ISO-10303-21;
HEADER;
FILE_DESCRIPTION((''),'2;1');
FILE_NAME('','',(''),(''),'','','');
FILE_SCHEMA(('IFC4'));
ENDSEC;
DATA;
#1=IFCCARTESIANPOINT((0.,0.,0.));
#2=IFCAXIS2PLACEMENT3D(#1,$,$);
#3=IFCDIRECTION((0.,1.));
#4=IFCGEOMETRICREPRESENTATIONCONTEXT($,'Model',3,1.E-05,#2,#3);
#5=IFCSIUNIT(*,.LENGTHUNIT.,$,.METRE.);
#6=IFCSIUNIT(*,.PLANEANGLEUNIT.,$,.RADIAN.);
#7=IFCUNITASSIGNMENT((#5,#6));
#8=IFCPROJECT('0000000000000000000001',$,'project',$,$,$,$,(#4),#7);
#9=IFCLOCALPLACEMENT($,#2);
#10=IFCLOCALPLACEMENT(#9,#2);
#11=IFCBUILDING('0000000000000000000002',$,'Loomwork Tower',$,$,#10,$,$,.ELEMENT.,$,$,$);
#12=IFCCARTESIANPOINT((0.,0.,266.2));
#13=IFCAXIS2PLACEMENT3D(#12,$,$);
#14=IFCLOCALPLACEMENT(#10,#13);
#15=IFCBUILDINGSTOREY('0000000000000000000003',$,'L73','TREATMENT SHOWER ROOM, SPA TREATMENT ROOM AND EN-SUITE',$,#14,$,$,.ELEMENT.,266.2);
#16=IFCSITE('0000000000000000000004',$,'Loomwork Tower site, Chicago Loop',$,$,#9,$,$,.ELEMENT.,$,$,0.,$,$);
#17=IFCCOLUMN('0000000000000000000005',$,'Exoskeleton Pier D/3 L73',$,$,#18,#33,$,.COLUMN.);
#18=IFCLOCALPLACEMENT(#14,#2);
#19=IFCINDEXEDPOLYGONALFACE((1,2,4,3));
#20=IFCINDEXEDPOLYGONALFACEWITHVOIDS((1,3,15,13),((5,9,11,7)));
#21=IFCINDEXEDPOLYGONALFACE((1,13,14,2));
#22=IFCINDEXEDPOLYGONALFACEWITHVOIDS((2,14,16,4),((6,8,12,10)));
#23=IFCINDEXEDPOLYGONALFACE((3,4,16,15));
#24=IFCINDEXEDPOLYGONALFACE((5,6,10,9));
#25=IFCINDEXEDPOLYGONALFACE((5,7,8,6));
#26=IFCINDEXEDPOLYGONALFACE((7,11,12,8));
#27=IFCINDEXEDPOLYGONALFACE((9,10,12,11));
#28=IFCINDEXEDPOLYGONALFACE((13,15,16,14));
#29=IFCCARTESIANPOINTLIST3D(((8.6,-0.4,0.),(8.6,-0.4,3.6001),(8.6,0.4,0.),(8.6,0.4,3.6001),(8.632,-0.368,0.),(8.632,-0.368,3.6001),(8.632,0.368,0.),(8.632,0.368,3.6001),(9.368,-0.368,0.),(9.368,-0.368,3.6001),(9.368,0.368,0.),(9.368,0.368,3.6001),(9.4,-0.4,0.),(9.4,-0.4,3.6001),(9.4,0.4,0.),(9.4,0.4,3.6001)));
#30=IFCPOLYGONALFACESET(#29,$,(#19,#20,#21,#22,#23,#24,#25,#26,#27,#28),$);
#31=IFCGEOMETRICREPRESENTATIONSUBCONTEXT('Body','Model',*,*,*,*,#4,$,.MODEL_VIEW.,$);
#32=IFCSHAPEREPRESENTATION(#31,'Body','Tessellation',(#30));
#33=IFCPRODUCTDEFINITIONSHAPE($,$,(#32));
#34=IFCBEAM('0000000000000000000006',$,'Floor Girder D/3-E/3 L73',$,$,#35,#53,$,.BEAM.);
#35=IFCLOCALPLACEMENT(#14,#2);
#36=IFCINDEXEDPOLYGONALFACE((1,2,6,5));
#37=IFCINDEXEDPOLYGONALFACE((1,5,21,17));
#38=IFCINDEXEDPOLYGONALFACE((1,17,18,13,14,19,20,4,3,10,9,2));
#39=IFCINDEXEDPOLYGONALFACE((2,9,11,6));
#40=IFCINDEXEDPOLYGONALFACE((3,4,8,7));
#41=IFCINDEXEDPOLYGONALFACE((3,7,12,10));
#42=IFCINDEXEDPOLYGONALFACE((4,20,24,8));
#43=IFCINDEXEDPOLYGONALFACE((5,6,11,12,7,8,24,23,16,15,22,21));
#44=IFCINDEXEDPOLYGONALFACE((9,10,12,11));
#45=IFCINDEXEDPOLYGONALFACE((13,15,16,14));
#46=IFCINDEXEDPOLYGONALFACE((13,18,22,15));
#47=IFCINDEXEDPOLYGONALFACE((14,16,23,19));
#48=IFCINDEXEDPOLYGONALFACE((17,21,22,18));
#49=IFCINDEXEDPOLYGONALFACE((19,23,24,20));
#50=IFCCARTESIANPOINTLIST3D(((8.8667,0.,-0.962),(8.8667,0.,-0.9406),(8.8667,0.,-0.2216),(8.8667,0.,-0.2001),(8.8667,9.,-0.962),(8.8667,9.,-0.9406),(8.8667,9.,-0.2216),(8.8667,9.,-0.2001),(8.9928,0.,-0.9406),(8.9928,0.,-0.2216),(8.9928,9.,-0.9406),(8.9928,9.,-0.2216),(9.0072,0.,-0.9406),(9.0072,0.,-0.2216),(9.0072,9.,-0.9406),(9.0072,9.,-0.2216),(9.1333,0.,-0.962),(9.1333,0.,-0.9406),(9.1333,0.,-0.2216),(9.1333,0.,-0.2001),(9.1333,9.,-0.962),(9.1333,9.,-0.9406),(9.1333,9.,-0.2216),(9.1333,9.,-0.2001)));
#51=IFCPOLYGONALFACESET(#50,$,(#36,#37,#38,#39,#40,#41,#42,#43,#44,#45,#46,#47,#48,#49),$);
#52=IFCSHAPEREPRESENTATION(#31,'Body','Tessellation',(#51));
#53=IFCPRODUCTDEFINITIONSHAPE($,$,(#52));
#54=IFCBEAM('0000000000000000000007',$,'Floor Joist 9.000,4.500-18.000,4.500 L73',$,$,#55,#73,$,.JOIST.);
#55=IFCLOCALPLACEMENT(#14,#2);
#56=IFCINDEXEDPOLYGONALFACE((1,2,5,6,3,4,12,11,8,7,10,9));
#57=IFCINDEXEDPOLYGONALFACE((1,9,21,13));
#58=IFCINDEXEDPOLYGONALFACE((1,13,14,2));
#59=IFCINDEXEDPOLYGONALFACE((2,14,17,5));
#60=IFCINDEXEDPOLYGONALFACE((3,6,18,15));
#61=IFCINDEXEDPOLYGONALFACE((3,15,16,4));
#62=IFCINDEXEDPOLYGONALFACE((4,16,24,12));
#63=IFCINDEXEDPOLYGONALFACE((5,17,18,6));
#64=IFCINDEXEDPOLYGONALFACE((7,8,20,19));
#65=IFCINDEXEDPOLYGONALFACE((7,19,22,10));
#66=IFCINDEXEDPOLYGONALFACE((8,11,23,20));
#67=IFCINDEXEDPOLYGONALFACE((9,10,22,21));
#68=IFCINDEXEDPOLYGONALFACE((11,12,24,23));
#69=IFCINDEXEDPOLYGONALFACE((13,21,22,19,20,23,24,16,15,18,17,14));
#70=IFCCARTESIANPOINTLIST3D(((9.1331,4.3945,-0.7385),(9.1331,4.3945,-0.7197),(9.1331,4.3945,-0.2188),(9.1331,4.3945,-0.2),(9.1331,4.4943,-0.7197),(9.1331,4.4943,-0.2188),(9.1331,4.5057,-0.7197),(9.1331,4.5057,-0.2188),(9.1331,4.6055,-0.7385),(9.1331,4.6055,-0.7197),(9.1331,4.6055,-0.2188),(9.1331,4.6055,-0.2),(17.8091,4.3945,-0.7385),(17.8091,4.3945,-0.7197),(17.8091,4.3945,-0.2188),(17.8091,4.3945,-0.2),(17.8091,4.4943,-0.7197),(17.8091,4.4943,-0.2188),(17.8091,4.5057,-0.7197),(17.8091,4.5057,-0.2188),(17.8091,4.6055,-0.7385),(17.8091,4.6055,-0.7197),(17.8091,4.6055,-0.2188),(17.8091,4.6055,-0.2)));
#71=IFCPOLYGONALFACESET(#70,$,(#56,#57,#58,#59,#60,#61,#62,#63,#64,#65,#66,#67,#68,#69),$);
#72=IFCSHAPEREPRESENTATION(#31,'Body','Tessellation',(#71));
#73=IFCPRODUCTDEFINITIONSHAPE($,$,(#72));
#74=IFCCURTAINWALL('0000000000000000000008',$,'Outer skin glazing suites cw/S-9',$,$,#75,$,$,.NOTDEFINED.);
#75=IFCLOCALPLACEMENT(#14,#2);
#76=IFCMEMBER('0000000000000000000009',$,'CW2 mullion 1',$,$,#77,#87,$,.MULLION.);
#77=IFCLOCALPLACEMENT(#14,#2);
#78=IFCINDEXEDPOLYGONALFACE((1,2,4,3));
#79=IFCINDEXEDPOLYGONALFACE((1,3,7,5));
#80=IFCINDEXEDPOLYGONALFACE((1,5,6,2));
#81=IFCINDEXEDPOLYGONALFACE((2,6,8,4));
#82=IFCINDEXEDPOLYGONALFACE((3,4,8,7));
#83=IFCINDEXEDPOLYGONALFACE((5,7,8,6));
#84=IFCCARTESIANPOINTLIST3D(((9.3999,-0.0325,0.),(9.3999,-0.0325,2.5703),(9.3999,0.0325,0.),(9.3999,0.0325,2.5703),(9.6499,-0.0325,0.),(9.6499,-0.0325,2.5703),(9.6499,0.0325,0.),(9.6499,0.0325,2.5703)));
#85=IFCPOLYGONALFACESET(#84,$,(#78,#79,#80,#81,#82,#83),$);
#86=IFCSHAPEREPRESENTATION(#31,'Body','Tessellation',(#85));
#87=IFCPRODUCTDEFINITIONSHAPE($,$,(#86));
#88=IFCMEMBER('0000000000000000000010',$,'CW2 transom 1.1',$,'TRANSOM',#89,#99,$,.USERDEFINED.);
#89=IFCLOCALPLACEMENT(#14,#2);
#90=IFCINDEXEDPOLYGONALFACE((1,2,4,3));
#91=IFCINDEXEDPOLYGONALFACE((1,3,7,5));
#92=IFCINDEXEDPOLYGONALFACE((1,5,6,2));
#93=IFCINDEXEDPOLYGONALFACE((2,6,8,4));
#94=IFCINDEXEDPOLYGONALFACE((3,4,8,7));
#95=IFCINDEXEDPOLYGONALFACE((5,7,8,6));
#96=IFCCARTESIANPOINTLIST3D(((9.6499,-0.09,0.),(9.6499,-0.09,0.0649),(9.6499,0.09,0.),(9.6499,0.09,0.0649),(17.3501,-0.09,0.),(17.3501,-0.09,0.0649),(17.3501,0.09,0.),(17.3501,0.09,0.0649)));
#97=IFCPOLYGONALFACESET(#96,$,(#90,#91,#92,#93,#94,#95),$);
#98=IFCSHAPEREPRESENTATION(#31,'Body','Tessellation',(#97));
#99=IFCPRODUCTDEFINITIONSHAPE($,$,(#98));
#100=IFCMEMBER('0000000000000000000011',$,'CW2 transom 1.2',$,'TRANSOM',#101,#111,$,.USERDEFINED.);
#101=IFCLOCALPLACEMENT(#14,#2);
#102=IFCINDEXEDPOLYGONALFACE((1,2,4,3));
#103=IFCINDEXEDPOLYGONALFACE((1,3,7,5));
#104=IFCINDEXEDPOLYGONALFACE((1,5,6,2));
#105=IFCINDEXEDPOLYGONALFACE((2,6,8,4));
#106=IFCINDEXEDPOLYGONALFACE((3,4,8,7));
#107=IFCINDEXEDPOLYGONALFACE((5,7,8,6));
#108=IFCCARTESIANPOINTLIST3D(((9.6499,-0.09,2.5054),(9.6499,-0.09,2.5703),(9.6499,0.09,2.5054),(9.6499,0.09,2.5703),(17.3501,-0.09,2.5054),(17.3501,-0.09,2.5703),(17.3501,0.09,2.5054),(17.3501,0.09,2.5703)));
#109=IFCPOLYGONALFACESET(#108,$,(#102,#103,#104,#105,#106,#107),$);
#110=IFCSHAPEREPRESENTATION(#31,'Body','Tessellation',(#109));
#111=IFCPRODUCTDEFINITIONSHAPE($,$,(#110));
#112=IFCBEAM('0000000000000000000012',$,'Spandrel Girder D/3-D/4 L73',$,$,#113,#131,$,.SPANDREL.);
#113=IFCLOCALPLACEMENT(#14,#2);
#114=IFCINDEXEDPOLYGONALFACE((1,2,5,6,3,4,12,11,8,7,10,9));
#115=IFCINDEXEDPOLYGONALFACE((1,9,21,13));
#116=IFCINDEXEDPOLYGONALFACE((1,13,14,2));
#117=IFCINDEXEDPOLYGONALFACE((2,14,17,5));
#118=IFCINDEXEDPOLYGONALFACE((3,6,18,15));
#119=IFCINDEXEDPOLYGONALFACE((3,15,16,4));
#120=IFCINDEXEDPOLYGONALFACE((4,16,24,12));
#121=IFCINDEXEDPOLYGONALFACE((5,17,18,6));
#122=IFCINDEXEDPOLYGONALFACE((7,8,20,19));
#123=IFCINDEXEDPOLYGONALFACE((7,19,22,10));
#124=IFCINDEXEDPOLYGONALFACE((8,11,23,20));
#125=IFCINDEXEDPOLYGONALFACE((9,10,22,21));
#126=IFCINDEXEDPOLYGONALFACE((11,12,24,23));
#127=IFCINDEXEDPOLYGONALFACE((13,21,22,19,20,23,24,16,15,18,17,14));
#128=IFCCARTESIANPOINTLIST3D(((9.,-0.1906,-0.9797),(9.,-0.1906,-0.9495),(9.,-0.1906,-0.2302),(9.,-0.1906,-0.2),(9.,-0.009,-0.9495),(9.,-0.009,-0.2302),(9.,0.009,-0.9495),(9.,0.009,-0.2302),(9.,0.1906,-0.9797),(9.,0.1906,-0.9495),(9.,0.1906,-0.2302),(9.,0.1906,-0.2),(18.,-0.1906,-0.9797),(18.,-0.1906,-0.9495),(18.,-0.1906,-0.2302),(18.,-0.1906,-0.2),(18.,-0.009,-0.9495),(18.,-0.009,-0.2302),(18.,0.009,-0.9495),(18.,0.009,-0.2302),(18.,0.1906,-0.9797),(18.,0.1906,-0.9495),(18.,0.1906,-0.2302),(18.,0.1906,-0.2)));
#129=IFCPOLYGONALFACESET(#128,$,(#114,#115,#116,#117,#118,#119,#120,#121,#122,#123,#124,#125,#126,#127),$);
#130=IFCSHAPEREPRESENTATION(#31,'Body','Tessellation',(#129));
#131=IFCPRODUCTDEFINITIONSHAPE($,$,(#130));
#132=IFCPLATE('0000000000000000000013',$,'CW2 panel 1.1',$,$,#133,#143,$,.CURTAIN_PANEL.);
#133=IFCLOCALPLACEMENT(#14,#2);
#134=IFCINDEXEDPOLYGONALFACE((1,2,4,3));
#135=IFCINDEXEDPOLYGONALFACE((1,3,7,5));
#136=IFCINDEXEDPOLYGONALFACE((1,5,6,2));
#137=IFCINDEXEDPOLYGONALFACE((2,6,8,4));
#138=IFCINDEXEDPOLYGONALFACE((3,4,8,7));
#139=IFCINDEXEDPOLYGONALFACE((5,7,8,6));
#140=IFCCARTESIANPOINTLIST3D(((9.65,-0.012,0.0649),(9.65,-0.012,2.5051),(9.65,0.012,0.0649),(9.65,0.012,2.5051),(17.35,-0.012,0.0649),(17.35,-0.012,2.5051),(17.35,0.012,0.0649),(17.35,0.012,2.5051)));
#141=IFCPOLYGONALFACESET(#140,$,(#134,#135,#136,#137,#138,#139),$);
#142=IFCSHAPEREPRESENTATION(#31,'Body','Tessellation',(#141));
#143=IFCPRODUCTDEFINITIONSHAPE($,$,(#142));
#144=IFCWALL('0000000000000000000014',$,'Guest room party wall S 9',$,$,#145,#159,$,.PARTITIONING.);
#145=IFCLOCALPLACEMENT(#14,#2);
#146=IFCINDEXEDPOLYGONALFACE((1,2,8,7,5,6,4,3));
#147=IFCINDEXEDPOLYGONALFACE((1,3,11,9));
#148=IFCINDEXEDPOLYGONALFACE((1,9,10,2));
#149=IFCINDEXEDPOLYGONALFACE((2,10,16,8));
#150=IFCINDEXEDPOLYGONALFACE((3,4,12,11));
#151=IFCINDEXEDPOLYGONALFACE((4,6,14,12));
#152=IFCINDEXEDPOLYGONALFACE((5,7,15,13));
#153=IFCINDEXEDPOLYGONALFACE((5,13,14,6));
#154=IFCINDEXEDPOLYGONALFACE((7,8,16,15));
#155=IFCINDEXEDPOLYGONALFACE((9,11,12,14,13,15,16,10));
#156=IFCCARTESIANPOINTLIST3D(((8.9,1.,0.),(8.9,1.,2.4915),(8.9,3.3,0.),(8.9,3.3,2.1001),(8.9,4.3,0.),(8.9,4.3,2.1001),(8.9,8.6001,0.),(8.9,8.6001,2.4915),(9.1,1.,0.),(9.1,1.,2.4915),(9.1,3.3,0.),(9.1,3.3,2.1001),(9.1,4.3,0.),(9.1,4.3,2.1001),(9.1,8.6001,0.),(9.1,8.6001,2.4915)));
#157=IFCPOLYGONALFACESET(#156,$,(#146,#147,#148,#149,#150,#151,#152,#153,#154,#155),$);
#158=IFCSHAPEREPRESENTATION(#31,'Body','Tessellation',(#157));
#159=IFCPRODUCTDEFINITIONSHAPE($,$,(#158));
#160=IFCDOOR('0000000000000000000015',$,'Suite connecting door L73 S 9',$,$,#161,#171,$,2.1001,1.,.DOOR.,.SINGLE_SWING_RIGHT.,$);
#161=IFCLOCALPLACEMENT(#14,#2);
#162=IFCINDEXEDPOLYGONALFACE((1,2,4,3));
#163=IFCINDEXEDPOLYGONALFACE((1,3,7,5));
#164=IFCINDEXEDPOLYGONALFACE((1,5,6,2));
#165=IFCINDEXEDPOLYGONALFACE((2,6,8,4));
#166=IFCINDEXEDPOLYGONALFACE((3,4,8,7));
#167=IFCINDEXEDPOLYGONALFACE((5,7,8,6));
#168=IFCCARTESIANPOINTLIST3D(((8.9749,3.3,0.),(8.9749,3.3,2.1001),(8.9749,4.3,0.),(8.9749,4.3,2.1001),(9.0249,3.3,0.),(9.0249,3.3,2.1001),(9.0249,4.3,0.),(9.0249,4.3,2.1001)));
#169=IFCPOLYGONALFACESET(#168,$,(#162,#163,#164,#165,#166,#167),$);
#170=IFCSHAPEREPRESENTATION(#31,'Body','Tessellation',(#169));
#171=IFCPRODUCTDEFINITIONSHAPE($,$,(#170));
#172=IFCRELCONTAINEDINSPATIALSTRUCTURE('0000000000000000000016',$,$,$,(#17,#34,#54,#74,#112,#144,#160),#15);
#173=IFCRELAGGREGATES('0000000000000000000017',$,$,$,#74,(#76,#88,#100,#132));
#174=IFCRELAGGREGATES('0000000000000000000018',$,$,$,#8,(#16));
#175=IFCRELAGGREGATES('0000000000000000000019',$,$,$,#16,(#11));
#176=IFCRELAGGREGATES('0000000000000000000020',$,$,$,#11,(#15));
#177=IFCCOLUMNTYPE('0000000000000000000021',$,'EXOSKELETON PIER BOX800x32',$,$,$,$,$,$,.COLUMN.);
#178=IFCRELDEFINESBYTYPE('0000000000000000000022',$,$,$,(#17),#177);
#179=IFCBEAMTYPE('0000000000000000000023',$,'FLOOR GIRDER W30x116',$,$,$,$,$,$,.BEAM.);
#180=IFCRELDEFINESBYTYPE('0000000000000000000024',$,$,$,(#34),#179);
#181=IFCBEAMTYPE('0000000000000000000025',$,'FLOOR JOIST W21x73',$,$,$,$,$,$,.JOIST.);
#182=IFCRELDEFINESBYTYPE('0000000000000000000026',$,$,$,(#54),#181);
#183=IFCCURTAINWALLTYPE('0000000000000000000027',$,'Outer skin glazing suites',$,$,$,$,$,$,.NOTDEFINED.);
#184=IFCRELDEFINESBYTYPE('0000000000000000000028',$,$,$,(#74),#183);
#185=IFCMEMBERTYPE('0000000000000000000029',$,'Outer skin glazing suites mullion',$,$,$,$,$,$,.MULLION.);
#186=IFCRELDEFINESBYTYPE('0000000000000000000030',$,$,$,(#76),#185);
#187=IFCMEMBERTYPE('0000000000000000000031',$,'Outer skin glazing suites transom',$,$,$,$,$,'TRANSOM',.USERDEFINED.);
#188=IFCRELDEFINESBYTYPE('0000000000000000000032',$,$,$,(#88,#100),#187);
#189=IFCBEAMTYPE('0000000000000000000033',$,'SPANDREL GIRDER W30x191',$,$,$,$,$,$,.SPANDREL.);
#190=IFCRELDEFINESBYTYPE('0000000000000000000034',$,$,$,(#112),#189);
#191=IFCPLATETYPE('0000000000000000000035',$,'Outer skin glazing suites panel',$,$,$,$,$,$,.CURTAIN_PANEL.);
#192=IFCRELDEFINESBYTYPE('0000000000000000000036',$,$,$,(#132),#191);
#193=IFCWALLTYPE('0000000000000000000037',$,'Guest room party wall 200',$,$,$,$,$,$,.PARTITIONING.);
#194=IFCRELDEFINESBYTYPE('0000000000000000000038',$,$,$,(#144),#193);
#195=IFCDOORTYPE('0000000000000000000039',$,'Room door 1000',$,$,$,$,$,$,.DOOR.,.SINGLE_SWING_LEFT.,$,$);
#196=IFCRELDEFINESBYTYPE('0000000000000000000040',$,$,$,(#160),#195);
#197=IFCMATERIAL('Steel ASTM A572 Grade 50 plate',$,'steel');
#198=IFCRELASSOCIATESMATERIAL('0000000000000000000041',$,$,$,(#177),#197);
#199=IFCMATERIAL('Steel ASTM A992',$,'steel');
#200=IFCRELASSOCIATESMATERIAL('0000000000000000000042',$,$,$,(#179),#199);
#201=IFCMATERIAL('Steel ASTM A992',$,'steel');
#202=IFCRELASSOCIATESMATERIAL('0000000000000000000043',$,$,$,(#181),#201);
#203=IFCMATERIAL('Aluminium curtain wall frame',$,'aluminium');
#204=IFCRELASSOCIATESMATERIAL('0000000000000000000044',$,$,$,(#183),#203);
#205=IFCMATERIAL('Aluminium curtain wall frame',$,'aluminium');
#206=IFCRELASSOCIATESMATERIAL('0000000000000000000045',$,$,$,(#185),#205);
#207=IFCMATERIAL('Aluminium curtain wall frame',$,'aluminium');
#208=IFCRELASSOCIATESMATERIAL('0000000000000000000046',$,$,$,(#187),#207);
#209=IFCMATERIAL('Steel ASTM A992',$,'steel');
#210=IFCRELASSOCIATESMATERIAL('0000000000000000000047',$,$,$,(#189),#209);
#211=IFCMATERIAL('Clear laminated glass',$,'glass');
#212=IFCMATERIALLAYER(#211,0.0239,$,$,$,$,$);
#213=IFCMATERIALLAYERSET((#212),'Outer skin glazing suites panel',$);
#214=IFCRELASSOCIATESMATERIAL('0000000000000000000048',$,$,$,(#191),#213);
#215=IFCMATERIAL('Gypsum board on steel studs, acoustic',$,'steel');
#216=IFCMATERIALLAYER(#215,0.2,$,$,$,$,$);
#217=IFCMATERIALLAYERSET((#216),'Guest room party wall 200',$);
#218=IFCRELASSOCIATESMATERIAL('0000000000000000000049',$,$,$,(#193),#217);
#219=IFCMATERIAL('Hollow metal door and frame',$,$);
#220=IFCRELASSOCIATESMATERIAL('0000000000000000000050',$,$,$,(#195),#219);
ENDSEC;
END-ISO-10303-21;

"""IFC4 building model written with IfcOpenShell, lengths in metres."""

from ifc_helpers import new_model, si_unit, direction, frame, frame_2d, origin, origin_2d, place, context, subcontext, project, spatial, rectangle, hollow_rectangle, i_section, extrude, material, layer, layer_set, material_profile, profile_set, type_object, element, fill, aggregate, save


model = new_model("IFC4")

# Units and contexts
model_context = context("Model", 3, precision=1e-05, world=origin(), true_north=direction((0.0, 1.0)))
body_context = subcontext(model_context, "Body", "Model", "MODEL_VIEW")
ifc_project = project(units=[si_unit("LENGTHUNIT", "METRE"), si_unit("PLANEANGLEUNIT", "RADIAN")], contexts=[model_context])

# Site, building, storey
site_placement = place(None, origin())
site = spatial("IfcSite", under=ifc_project, at=site_placement, Name="Loomwork Tower site, Chicago Loop", CompositionType="ELEMENT", RefElevation=0.0)
building_placement = place(site_placement, origin())
building = spatial("IfcBuilding", under=site, at=building_placement, Name="Loomwork Tower", CompositionType="ELEMENT")
storey_placement = place(building_placement, frame((0.0, 0.0, 266.2)))
storey = spatial("IfcBuildingStorey", under=building, at=storey_placement, Name="L73", Description="TREATMENT SHOWER ROOM, SPA TREATMENT ROOM AND EN-SUITE", CompositionType="ELEMENT", Elevation=266.2)

# Column
ifc_material_1 = material(Name="Steel ASTM A572 Grade 50 plate", Category="steel")
ifc_material_profile_1 = material_profile(ifc_material_1, hollow_rectangle(XDim=0.8, YDim=0.8, WallThickness=0.032, at=origin_2d()), Name="BOX800x32")
ifc_profile_set_1 = profile_set([ifc_material_profile_1], Name="Steel ASTM A572 Grade 50 plate")
column_type = type_object("IfcColumnType", Name="EXOSKELETON PIER BOX800x32", PredefinedType="COLUMN", material=ifc_profile_set_1)
column_placement = place(storey_placement, frame((9.0, 0.0, 0.0), z_axis=(0.0, 0.0, 1.0), x_axis=(1.0, 0.0, 0.0)))
element("IfcColumn", 1, at=column_placement, inside=storey, type_object=column_type, Name="Exoskeleton Pier D/3 L73", PredefinedType="COLUMN", context=body_context, shape_type="SweptSolid", body=[
    extrude(hollow_rectangle(XDim=0.8, YDim=0.8, WallThickness=0.032, at=origin_2d()), origin(), (0.0, 0.0, 1.0), 3.6001),
])

# Beams
ifc_material_2 = material(Name="Steel ASTM A992", Category="steel")
ifc_material_profile_2 = material_profile(ifc_material_2, i_section(OverallWidth=0.2666, OverallDepth=0.762, WebThickness=0.0144, FlangeThickness=0.0215, at=origin_2d()), Name="W30x116")
ifc_profile_set_2 = profile_set([ifc_material_profile_2], Name="Steel ASTM A992")
beam_type_1 = type_object("IfcBeamType", Name="FLOOR GIRDER W30x116", PredefinedType="BEAM", material=ifc_profile_set_2)
beam_1_placement = place(storey_placement, frame((9.0, 0.0, -0.5811), z_axis=(0.0, 1.0, 0.0), x_axis=(-1.0, 0.0, 0.0)))
element("IfcBeam", 2, at=beam_1_placement, inside=storey, type_object=beam_type_1, Name="Floor Girder D/3-E/3 L73", PredefinedType="BEAM", context=body_context, shape_type="SweptSolid", body=[
    extrude(i_section(OverallWidth=0.2666, OverallDepth=0.762, WebThickness=0.0144, FlangeThickness=0.0215, at=origin_2d()), origin(), (0.0, 0.0, 1.0), 9.0),
])
ifc_material_3 = material(Name="Steel ASTM A992", Category="steel")
ifc_material_profile_3 = material_profile(ifc_material_3, i_section(OverallWidth=0.2109, OverallDepth=0.5386, WebThickness=0.0115, FlangeThickness=0.0188, at=origin_2d()), Name="W21x73")
ifc_profile_set_3 = profile_set([ifc_material_profile_3], Name="Steel ASTM A992")
beam_type_2 = type_object("IfcBeamType", Name="FLOOR JOIST W21x73", PredefinedType="JOIST", material=ifc_profile_set_3)
beam_2_placement = place(storey_placement, frame((9.1331, 4.5, -0.4692), z_axis=(1.0, 0.0, 0.0), x_axis=(0.0, 1.0, 0.0)))
element("IfcBeam", 3, at=beam_2_placement, inside=storey, type_object=beam_type_2, Name="Floor Joist 9.000,4.500-18.000,4.500 L73", PredefinedType="JOIST", context=body_context, shape_type="SweptSolid", body=[
    extrude(i_section(OverallWidth=0.2109, OverallDepth=0.5386, WebThickness=0.0115, FlangeThickness=0.0188, at=origin_2d()), origin(), (0.0, 0.0, 1.0), 8.676),
])

# Curtain wall, members
ifc_material_4 = material(Name="Aluminium curtain wall frame", Category="aluminium")
curtain_wall_type = type_object("IfcCurtainWallType", Name="Outer skin glazing suites", PredefinedType="NOTDEFINED", material=ifc_material_4)
curtain_wall_placement = place(storey_placement, origin())
curtain_wall = element("IfcCurtainWall", 4, at=curtain_wall_placement, inside=storey, type_object=curtain_wall_type, Name="Outer skin glazing suites cw/S-9", PredefinedType="NOTDEFINED")
ifc_material_5 = material(Name="Aluminium curtain wall frame", Category="aluminium")
ifc_material_profile_4 = material_profile(ifc_material_5, rectangle(XDim=0.0649, YDim=0.25, at=origin_2d()), Name="AL 65x250")
ifc_profile_set_4 = profile_set([ifc_material_profile_4], Name="Aluminium curtain wall frame")
member_type_1 = type_object("IfcMemberType", Name="Outer skin glazing suites mullion", PredefinedType="MULLION", material=ifc_profile_set_4)
member_1_placement = place(storey_placement, frame((9.5249, 0.0, 0.0), z_axis=(0.0, 0.0, 1.0), x_axis=(0.0, 1.0, 0.0)))
member_1 = element("IfcMember", 5, at=member_1_placement, type_object=member_type_1, Name="CW2 mullion 1", PredefinedType="MULLION", context=body_context, shape_type="SweptSolid", body=[
    extrude(rectangle(XDim=0.0649, YDim=0.25, at=origin_2d()), origin(), (0.0, 0.0, 1.0), 2.5703),
])
ifc_material_6 = material(Name="Aluminium curtain wall frame", Category="aluminium")
ifc_material_profile_5 = material_profile(ifc_material_6, rectangle(XDim=0.1799, YDim=0.0649, at=origin_2d()), Name="AL 65x180")
ifc_profile_set_5 = profile_set([ifc_material_profile_5], Name="Aluminium curtain wall frame")
member_type_2 = type_object("IfcMemberType", Name="Outer skin glazing suites transom", ElementType="TRANSOM", PredefinedType="USERDEFINED", material=ifc_profile_set_5)
member_2_placement = place(storey_placement, frame((9.6499, 0.0, 0.0325), z_axis=(1.0, 0.0, 0.0), x_axis=(0.0, 1.0, 0.0)))
member_2 = element("IfcMember", 6, at=member_2_placement, type_object=member_type_2, Name="CW2 transom 1.1", ObjectType="TRANSOM", PredefinedType="USERDEFINED", context=body_context, shape_type="SweptSolid", body=[
    extrude(rectangle(XDim=0.1799, YDim=0.0649, at=origin_2d()), origin(), (0.0, 0.0, 1.0), 7.7002),
])
member_3_placement = place(storey_placement, frame((9.6499, 0.0, 2.5378), z_axis=(1.0, 0.0, 0.0), x_axis=(0.0, 1.0, 0.0)))
member_3 = element("IfcMember", 7, at=member_3_placement, type_object=member_type_2, Name="CW2 transom 1.2", ObjectType="TRANSOM", PredefinedType="USERDEFINED", context=body_context, shape_type="SweptSolid", body=[
    extrude(rectangle(XDim=0.1799, YDim=0.0649, at=origin_2d()), origin(), (0.0, 0.0, 1.0), 7.7002),
])

# Beam
ifc_material_7 = material(Name="Steel ASTM A992", Category="steel")
ifc_material_profile_6 = material_profile(ifc_material_7, i_section(OverallWidth=0.3811, OverallDepth=0.7798, WebThickness=0.0181, FlangeThickness=0.0303, at=origin_2d()), Name="W30x191")
ifc_profile_set_6 = profile_set([ifc_material_profile_6], Name="Steel ASTM A992")
beam_type_3 = type_object("IfcBeamType", Name="SPANDREL GIRDER W30x191", PredefinedType="SPANDREL", material=ifc_profile_set_6)
beam_3_placement = place(storey_placement, frame((9.0, 0.0, -0.5898), z_axis=(1.0, 0.0, 0.0), x_axis=(0.0, 1.0, 0.0)))
element("IfcBeam", 8, at=beam_3_placement, inside=storey, type_object=beam_type_3, Name="Spandrel Girder D/3-D/4 L73", PredefinedType="SPANDREL", context=body_context, shape_type="SweptSolid", body=[
    extrude(i_section(OverallWidth=0.3811, OverallDepth=0.7798, WebThickness=0.0181, FlangeThickness=0.0303, at=origin_2d()), origin(), (0.0, 0.0, 1.0), 9.0),
])

# Plate
ifc_material_8 = material(Name="Clear laminated glass", Category="glass")
ifc_layer_1 = layer(ifc_material_8, 0.0239)
ifc_layer_set_1 = layer_set([ifc_layer_1], Name="Outer skin glazing suites panel")
plate_type = type_object("IfcPlateType", Name="Outer skin glazing suites panel", PredefinedType="CURTAIN_PANEL", material=ifc_layer_set_1)
plate_placement = place(storey_placement, frame((13.5, 0.0, 0.0649), z_axis=(0.0, 0.0, 1.0), x_axis=(1.0, 0.0, 0.0)))
plate = element("IfcPlate", 9, at=plate_placement, type_object=plate_type, Name="CW2 panel 1.1", PredefinedType="CURTAIN_PANEL", context=body_context, shape_type="SweptSolid", body=[
    extrude(rectangle(XDim=7.7, YDim=0.0239, at=origin_2d()), origin(), (0.0, 0.0, 1.0), 2.4402),
])
aggregate(curtain_wall, [member_1, member_2, member_3, plate])

# Wall, opening, door
ifc_material_9 = material(Name="Gypsum board on steel studs, acoustic", Category="steel")
ifc_layer_2 = layer(ifc_material_9, 0.2)
ifc_layer_set_2 = layer_set([ifc_layer_2], Name="Guest room party wall 200")
wall_type_1 = type_object("IfcWallType", Name="Guest room party wall 200", PredefinedType="PARTITIONING", material=ifc_layer_set_2)
wall_1_placement = place(storey_placement, frame((9.0, 8.6001, 0.0), z_axis=(0.0, 0.0, 1.0), x_axis=(0.0, -1.0, 0.0)))
wall_1 = element("IfcWall", 10, at=wall_1_placement, inside=storey, type_object=wall_type_1, Name="Guest room party wall S 9", PredefinedType="PARTITIONING", context=body_context, shape_type="SweptSolid", body=[
    extrude(rectangle(XDim=7.6001, YDim=0.2, at=frame_2d((3.8, 0.0))), origin(), (0.0, 0.0, 1.0), 2.4915),
])
opening_1_placement = place(wall_1_placement, frame((4.3, 0.0, 0.0)))
opening_1 = element("IfcOpeningElement", 11, at=opening_1_placement, cuts=wall_1, PredefinedType="OPENING", context=body_context, shape_type="SweptSolid", body=[
    extrude(rectangle(XDim=1.0, YDim=2.1001, at=frame_2d((0.5, 1.05))), frame((0.0, 0.1099, 0.0), z_axis=(0.0, -1.0, 0.0), x_axis=(1.0, 0.0, 0.0)), (0.0, 0.0, 1.0), 0.22),
])
ifc_material_10 = material(Name="Hollow metal door and frame")
door_type = type_object("IfcDoorType", Name="Room door 1000", OperationType="SINGLE_SWING_LEFT", PredefinedType="DOOR", material=ifc_material_10)
door_placement = place(opening_1_placement, origin())
door = element("IfcDoor", 12, at=door_placement, inside=storey, type_object=door_type, Name="Suite connecting door L73 S 9", OperationType="SINGLE_SWING_RIGHT", OverallHeight=2.1001, OverallWidth=1.0, PredefinedType="DOOR", context=body_context, shape_type="SweptSolid", body=[
    extrude(rectangle(XDim=1.0, YDim=2.1001, at=frame_2d((0.5, 1.05))), frame((0.0, 0.0249, 0.0), z_axis=(0.0, -1.0, 0.0), x_axis=(1.0, 0.0, 0.0)), (0.0, 0.0, 1.0), 0.05),
])
fill(opening_1, door)

save(model, "model.ifc")
